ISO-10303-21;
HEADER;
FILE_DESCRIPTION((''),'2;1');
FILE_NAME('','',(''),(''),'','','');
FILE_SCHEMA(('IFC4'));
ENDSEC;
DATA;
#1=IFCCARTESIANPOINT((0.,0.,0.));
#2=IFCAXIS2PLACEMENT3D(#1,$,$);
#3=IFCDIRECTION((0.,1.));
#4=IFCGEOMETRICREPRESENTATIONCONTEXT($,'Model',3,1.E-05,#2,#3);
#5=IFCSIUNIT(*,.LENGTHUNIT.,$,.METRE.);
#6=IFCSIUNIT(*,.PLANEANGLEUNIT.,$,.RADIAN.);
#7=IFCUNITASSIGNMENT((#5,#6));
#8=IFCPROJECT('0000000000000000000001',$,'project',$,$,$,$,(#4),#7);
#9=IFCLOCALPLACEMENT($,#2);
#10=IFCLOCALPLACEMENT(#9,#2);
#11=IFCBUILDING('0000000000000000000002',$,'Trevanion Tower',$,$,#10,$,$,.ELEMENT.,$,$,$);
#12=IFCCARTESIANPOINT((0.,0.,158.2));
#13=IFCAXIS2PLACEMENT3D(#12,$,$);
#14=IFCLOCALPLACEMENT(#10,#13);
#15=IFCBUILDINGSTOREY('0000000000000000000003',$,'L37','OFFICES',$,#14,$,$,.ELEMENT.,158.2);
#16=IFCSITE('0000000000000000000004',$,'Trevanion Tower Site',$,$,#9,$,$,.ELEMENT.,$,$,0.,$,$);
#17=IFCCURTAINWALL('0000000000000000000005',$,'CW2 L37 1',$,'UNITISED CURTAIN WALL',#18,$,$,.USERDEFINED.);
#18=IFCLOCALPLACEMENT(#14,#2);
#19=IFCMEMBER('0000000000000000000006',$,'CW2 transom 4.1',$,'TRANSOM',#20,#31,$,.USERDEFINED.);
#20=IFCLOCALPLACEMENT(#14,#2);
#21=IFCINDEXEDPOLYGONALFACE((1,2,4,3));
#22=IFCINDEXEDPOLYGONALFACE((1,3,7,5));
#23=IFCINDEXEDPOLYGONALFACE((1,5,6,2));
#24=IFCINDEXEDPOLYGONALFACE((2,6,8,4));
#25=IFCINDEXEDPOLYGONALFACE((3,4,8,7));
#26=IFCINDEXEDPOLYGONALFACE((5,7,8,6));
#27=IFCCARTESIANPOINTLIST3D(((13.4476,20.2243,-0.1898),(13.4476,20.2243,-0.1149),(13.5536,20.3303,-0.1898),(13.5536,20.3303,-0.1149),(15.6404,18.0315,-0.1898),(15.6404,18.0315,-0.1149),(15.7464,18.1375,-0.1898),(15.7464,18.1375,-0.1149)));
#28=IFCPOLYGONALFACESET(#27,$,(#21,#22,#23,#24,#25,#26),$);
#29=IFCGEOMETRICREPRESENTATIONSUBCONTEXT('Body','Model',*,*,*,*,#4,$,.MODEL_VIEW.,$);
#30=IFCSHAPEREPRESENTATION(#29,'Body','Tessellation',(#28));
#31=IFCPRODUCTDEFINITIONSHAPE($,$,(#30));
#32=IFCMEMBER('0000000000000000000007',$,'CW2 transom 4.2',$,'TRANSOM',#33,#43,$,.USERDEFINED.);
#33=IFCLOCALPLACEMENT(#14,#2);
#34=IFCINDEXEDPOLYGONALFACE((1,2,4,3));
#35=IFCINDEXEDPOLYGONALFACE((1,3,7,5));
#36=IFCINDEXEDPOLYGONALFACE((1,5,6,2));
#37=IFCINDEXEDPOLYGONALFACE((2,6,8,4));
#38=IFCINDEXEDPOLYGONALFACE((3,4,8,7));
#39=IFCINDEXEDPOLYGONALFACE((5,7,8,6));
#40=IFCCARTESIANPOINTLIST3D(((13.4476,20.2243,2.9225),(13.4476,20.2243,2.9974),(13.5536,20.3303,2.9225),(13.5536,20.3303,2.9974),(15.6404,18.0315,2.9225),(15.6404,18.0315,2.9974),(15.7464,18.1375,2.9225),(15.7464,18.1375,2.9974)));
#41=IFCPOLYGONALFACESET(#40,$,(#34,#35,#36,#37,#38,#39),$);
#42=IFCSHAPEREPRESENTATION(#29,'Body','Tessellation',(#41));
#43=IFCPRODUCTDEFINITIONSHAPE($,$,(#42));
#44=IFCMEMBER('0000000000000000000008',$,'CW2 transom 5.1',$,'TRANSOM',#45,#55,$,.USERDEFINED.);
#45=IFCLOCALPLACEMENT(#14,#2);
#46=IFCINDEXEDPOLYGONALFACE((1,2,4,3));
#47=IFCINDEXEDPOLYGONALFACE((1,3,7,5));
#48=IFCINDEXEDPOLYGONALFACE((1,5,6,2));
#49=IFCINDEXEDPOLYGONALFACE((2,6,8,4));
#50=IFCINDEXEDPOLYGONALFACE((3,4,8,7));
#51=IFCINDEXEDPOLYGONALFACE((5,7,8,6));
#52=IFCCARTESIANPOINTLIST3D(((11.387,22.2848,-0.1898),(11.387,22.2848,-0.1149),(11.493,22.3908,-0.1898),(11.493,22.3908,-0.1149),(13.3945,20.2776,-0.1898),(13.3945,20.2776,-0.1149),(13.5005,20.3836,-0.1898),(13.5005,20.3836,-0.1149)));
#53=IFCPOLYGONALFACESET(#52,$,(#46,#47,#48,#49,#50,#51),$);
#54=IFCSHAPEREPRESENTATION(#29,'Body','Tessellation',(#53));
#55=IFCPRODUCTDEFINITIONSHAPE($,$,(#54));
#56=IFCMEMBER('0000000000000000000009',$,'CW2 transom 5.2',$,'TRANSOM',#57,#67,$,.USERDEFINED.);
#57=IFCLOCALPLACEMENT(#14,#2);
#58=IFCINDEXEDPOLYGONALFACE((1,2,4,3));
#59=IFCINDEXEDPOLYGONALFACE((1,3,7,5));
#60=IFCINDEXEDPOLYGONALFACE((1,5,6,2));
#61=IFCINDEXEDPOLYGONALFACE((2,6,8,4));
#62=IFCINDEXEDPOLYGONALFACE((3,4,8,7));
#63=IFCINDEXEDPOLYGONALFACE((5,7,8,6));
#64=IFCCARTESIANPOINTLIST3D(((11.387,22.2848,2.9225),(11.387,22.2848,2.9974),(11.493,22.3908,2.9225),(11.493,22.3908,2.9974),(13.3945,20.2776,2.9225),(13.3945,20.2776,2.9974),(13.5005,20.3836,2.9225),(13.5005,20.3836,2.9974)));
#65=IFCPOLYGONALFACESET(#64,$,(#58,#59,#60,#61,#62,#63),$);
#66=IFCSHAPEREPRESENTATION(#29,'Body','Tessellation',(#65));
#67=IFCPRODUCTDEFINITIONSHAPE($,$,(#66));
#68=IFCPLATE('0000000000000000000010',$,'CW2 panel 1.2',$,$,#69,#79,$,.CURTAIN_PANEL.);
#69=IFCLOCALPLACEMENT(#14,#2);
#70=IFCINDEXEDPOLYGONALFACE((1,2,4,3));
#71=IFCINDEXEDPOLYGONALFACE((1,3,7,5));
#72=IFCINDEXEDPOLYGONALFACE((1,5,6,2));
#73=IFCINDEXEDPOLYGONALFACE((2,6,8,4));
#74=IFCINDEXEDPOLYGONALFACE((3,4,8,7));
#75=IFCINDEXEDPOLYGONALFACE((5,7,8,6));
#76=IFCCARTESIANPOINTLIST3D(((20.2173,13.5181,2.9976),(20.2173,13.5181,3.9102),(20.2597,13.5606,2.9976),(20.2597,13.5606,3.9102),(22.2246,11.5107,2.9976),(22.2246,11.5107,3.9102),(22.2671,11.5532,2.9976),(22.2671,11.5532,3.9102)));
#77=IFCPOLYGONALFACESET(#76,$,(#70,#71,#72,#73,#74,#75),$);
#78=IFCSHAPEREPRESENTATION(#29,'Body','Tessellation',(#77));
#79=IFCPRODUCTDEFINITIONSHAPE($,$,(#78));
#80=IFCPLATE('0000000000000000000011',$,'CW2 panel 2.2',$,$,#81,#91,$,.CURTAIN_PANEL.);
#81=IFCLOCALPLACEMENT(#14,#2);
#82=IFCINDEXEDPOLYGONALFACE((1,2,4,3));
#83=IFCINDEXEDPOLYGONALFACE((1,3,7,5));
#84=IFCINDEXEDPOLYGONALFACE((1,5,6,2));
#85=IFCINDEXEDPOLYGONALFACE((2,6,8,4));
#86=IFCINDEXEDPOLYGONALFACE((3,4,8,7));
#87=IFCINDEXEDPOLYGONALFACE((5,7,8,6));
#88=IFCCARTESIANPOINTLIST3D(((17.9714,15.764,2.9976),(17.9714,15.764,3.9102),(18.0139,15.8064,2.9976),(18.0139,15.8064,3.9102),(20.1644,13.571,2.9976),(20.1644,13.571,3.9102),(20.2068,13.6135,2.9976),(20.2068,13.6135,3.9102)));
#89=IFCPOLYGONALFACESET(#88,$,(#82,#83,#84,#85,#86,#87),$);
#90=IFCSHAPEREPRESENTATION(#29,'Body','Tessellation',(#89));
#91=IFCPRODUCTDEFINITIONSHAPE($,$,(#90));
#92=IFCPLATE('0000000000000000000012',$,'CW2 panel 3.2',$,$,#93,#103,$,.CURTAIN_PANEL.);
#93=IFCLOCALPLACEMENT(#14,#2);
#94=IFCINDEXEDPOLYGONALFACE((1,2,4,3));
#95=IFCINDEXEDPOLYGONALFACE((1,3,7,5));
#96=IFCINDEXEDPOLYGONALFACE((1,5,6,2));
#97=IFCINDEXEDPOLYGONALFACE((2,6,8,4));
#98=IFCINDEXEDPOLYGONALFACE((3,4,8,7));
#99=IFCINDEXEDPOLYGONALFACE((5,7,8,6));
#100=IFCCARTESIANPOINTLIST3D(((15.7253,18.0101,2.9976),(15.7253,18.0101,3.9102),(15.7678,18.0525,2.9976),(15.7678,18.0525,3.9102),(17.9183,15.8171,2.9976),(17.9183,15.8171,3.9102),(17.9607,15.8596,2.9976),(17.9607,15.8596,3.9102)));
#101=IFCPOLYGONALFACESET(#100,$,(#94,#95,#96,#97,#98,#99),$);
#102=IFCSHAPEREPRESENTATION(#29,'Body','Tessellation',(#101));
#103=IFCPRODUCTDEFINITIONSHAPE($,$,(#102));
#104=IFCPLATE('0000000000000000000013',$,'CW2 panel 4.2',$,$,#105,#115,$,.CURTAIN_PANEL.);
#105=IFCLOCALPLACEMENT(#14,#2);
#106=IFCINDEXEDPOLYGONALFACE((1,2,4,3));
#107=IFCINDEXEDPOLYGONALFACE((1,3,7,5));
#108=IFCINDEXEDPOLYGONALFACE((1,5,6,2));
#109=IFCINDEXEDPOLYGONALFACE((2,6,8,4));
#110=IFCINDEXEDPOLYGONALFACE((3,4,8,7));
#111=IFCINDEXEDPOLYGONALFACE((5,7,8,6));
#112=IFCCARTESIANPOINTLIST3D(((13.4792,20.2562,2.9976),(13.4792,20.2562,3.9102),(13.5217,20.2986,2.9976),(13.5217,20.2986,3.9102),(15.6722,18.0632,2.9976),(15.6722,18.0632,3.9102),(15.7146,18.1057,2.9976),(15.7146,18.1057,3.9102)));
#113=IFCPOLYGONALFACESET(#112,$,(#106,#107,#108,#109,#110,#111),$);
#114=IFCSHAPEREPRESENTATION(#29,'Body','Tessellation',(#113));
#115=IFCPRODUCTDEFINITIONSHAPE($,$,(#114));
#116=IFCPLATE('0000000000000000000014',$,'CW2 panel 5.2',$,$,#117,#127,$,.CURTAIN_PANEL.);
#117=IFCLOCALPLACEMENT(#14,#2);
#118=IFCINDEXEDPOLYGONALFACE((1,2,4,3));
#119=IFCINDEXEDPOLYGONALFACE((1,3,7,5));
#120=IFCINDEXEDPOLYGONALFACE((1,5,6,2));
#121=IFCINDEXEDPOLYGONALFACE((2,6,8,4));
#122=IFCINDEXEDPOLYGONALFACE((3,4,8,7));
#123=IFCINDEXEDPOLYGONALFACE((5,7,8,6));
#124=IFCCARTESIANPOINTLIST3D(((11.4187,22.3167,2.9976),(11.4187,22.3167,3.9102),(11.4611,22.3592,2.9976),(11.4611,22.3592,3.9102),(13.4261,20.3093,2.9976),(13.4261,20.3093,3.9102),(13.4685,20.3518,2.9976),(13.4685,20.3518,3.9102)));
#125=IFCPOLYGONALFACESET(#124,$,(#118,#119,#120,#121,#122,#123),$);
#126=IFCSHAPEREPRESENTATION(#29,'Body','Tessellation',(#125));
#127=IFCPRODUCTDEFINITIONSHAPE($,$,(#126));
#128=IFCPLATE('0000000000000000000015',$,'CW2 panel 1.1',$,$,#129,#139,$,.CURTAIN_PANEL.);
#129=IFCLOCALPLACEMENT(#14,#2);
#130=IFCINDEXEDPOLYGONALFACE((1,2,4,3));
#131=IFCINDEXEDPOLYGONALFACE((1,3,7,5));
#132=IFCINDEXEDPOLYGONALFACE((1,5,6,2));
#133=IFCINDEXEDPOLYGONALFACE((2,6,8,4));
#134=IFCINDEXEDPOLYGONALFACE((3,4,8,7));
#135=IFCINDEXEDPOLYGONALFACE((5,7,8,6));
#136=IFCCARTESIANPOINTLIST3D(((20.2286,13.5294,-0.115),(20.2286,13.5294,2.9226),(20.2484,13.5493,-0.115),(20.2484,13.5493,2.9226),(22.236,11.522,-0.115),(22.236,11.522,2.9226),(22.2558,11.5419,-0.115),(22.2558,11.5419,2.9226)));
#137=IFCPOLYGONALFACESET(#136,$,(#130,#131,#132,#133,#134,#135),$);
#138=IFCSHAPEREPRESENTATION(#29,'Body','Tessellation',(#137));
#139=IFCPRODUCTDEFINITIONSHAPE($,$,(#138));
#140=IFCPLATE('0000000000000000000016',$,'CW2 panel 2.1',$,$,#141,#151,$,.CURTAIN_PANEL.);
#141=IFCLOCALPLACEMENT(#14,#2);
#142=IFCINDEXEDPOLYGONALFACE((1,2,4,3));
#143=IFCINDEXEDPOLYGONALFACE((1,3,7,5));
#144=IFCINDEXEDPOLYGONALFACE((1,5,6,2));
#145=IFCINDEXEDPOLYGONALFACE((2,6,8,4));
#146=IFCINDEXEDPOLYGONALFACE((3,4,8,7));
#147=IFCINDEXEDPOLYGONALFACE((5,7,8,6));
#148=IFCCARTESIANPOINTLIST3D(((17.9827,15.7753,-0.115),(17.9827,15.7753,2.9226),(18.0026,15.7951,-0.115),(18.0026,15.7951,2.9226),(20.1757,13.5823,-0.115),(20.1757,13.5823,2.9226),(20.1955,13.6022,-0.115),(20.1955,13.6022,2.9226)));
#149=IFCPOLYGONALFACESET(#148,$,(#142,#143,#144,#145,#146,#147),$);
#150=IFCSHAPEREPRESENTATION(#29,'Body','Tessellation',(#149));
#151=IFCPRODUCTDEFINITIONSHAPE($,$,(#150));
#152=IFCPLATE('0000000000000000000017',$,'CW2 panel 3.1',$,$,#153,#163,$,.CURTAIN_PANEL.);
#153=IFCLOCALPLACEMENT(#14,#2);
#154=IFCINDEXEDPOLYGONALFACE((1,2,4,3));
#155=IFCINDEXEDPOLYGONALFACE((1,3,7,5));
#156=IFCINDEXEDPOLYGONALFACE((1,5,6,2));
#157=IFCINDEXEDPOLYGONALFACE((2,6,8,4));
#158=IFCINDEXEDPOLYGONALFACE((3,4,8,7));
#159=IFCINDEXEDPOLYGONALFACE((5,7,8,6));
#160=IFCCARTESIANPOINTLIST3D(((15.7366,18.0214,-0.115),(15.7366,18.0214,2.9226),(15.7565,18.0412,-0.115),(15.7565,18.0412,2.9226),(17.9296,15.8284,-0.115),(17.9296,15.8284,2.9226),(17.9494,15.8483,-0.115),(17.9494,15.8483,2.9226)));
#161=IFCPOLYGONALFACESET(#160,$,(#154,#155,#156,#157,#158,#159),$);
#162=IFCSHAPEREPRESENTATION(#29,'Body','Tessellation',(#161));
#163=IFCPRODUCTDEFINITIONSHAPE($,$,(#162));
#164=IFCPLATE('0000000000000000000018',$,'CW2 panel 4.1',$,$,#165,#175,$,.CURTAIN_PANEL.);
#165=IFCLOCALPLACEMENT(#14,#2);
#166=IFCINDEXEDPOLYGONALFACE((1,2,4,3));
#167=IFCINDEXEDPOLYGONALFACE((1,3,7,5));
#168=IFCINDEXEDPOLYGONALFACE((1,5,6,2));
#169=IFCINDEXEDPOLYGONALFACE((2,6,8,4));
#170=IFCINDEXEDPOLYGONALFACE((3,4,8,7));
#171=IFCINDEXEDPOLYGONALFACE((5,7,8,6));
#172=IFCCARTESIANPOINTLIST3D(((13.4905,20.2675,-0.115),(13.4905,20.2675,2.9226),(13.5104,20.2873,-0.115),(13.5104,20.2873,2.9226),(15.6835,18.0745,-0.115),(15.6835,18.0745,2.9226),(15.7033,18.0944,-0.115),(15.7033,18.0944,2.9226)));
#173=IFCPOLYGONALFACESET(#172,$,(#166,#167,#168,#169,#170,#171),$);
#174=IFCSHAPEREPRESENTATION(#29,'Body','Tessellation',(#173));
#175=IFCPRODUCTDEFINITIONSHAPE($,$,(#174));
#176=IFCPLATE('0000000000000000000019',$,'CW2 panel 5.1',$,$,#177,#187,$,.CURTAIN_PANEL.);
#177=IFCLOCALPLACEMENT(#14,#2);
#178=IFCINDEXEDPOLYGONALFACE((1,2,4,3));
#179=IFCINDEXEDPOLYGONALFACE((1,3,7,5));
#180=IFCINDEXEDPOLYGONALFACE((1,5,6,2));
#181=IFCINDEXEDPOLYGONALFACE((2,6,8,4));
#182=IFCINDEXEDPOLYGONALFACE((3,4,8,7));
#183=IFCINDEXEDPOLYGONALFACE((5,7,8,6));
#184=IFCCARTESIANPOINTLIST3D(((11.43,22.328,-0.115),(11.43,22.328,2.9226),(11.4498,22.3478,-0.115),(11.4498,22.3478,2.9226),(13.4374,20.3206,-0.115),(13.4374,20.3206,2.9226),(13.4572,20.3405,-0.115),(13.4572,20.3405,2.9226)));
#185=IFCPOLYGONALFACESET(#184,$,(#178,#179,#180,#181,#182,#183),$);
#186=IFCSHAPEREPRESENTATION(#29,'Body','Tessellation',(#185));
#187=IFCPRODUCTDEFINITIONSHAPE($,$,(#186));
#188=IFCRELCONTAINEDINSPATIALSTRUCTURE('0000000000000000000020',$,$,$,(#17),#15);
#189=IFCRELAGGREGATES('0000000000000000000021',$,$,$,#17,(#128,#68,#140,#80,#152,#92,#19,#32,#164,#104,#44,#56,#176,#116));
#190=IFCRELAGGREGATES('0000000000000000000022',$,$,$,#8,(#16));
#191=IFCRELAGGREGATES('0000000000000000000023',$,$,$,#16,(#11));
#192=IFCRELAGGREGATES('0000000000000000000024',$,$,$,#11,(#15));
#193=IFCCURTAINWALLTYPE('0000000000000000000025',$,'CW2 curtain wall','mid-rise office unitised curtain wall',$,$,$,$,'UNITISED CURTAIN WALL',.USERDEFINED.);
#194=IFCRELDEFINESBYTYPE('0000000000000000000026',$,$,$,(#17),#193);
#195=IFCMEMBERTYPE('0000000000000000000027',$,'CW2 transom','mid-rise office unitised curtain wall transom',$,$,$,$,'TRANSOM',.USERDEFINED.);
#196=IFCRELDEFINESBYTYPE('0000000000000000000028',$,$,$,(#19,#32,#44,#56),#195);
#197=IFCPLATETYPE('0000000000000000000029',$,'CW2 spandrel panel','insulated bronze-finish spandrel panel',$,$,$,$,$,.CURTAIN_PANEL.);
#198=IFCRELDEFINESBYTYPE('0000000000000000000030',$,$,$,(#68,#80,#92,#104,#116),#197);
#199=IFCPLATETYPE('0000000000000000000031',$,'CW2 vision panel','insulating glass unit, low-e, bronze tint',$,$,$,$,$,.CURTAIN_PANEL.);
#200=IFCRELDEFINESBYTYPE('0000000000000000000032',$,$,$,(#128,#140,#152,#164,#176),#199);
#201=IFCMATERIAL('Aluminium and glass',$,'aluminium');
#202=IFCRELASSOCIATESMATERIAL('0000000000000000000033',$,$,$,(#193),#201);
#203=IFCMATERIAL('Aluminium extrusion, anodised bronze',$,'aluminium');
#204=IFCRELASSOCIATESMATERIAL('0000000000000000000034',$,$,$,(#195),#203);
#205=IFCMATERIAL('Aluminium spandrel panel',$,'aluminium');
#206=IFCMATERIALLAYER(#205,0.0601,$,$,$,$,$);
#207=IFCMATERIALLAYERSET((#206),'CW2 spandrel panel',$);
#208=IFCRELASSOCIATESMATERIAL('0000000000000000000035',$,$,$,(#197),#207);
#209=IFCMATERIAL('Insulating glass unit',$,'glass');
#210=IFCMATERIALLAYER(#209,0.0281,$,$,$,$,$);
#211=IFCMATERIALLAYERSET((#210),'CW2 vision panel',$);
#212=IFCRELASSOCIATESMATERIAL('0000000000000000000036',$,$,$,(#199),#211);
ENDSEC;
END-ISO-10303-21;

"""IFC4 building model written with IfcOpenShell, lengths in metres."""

from ifc_helpers import new_model, si_unit, direction, frame, origin, origin_2d, place, context, subcontext, project, spatial, rectangle, extrude, material, layer, layer_set, material_profile, profile_set, type_object, element, aggregate, save


model = new_model("IFC4")

# Units and contexts
model_context = context("Model", 3, precision=1e-05, world=origin(), true_north=direction((0.0, 1.0)))
body_context = subcontext(model_context, "Body", "Model", "MODEL_VIEW")
ifc_project = project(units=[si_unit("LENGTHUNIT", "METRE"), si_unit("PLANEANGLEUNIT", "RADIAN")], contexts=[model_context])

# Site, building, storey
site_placement = place(None, origin())
site = spatial("IfcSite", under=ifc_project, at=site_placement, Name="Trevanion Tower Site", CompositionType="ELEMENT", RefElevation=0.0)
building_placement = place(site_placement, origin())
building = spatial("IfcBuilding", under=site, at=building_placement, Name="Trevanion Tower", CompositionType="ELEMENT")
storey_placement = place(building_placement, frame((0.0, 0.0, 158.2)))
storey = spatial("IfcBuildingStorey", under=building, at=storey_placement, Name="L37", Description="OFFICES", CompositionType="ELEMENT", Elevation=158.2)

# Curtain wall
ifc_material_1 = material(Name="Aluminium and glass", Category="aluminium")
curtain_wall_type = type_object("IfcCurtainWallType", Name="CW2 curtain wall", Description="mid-rise office unitised curtain wall", ElementType="UNITISED CURTAIN WALL", PredefinedType="USERDEFINED", material=ifc_material_1)
curtain_wall_1_placement = place(storey_placement, origin())
curtain_wall_1 = element("IfcCurtainWall", 1, at=curtain_wall_1_placement, inside=storey, type_object=curtain_wall_type, Name="CW2 L37 1", ObjectType="UNITISED CURTAIN WALL", PredefinedType="USERDEFINED")

# Members
ifc_material_2 = material(Name="Aluminium extrusion, anodised bronze", Category="aluminium")
ifc_material_profile_1 = material_profile(ifc_material_2, rectangle(XDim=0.1499, YDim=0.075, at=origin_2d()), Name="CW2 transom")
ifc_profile_set_1 = profile_set([ifc_material_profile_1], Name="Aluminium extrusion, anodised bronze")
member_type_1 = type_object("IfcMemberType", Name="CW2 transom", Description="mid-rise office unitised curtain wall transom", ElementType="TRANSOM", PredefinedType="USERDEFINED", material=ifc_profile_set_1)
member_1_placement = place(storey_placement, frame((15.6934, 18.0845, -0.1523), z_axis=(-0.707107, 0.707107, 0.0), x_axis=(-0.707107, -0.707107, 0.0)))
member_1 = element("IfcMember", 2, at=member_1_placement, type_object=member_type_1, Name="CW2 transom 4.1", ObjectType="TRANSOM", PredefinedType="USERDEFINED", context=body_context, shape_type="SweptSolid", body=[
    extrude(rectangle(XDim=0.1499, YDim=0.075, at=origin_2d()), origin(), (0.0, 0.0, 1.0), 3.1011),
])
member_2_placement = place(storey_placement, frame((15.6934, 18.0845, 2.96), z_axis=(-0.707107, 0.707107, 0.0), x_axis=(-0.707107, -0.707107, 0.0)))
member_2 = element("IfcMember", 3, at=member_2_placement, type_object=member_type_1, Name="CW2 transom 4.2", ObjectType="TRANSOM", PredefinedType="USERDEFINED", context=body_context, shape_type="SweptSolid", body=[
    extrude(rectangle(XDim=0.1499, YDim=0.075, at=origin_2d()), origin(), (0.0, 0.0, 1.0), 3.1011),
])
member_3_placement = place(storey_placement, frame((13.4475, 20.3306, -0.1523), z_axis=(-0.70715, 0.707064, 0.0), x_axis=(-0.707064, -0.70715, 0.0)))
member_3 = element("IfcMember", 4, at=member_3_placement, type_object=member_type_1, Name="CW2 transom 5.1", ObjectType="TRANSOM", PredefinedType="USERDEFINED", context=body_context, shape_type="SweptSolid", body=[
    extrude(rectangle(XDim=0.1499, YDim=0.075, at=origin_2d()), origin(), (0.0, 0.0, 1.0), 2.8389),
])
member_4_placement = place(storey_placement, frame((13.4475, 20.3306, 2.96), z_axis=(-0.70715, 0.707064, 0.0), x_axis=(-0.707064, -0.70715, 0.0)))
member_4 = element("IfcMember", 5, at=member_4_placement, type_object=member_type_1, Name="CW2 transom 5.2", ObjectType="TRANSOM", PredefinedType="USERDEFINED", context=body_context, shape_type="SweptSolid", body=[
    extrude(rectangle(XDim=0.1499, YDim=0.075, at=origin_2d()), origin(), (0.0, 0.0, 1.0), 2.8389),
])

# Plates
ifc_material_3 = material(Name="Aluminium spandrel panel", Category="aluminium")
ifc_layer_1 = layer(ifc_material_3, 0.0601)
ifc_layer_set_1 = layer_set([ifc_layer_1], Name="CW2 spandrel panel")
plate_type_1 = type_object("IfcPlateType", Name="CW2 spandrel panel", Description="insulated bronze-finish spandrel panel", PredefinedType="CURTAIN_PANEL", material=ifc_layer_set_1)
plate_1_placement = place(storey_placement, frame((21.2422, 12.5356, 2.9976), z_axis=(0.0, 0.0, 1.0), x_axis=(-0.707107, 0.707107, 0.0)))
plate_1 = element("IfcPlate", 6, at=plate_1_placement, type_object=plate_type_1, Name="CW2 panel 1.2", PredefinedType="CURTAIN_PANEL", context=body_context, shape_type="SweptSolid", body=[
    extrude(rectangle(XDim=2.8389, YDim=0.0601, at=origin_2d()), origin(), (0.0, 0.0, 1.0), 0.9126),
])
plate_2_placement = place(storey_placement, frame((19.0891, 14.6887, 2.9976), z_axis=(0.0, 0.0, 1.0), x_axis=(-0.707107, 0.707107, 0.0)))
plate_2 = element("IfcPlate", 7, at=plate_2_placement, type_object=plate_type_1, Name="CW2 panel 2.2", PredefinedType="CURTAIN_PANEL", context=body_context, shape_type="SweptSolid", body=[
    extrude(rectangle(XDim=3.1013, YDim=0.0601, at=origin_2d()), origin(), (0.0, 0.0, 1.0), 0.9126),
])
plate_3_placement = place(storey_placement, frame((16.843, 16.9348, 2.9976), z_axis=(0.0, 0.0, 1.0), x_axis=(-0.707107, 0.707107, 0.0)))
plate_3 = element("IfcPlate", 8, at=plate_3_placement, type_object=plate_type_1, Name="CW2 panel 3.2", PredefinedType="CURTAIN_PANEL", context=body_context, shape_type="SweptSolid", body=[
    extrude(rectangle(XDim=3.1013, YDim=0.0601, at=origin_2d()), origin(), (0.0, 0.0, 1.0), 0.9126),
])
plate_4_placement = place(storey_placement, frame((14.5969, 19.1809, 2.9976), z_axis=(0.0, 0.0, 1.0), x_axis=(-0.707107, 0.707107, 0.0)))
plate_4 = element("IfcPlate", 9, at=plate_4_placement, type_object=plate_type_1, Name="CW2 panel 4.2", PredefinedType="CURTAIN_PANEL", context=body_context, shape_type="SweptSolid", body=[
    extrude(rectangle(XDim=3.1013, YDim=0.0601, at=origin_2d()), origin(), (0.0, 0.0, 1.0), 0.9126),
])
plate_5_placement = place(storey_placement, frame((12.4436, 21.3342, 2.9976), z_axis=(0.0, 0.0, 1.0), x_axis=(-0.707107, 0.707107, 0.0)))
plate_5 = element("IfcPlate", 10, at=plate_5_placement, type_object=plate_type_1, Name="CW2 panel 5.2", PredefinedType="CURTAIN_PANEL", context=body_context, shape_type="SweptSolid", body=[
    extrude(rectangle(XDim=2.8389, YDim=0.0601, at=origin_2d()), origin(), (0.0, 0.0, 1.0), 0.9126),
])
ifc_material_4 = material(Name="Insulating glass unit", Category="glass")
ifc_layer_2 = layer(ifc_material_4, 0.0281)
ifc_layer_set_2 = layer_set([ifc_layer_2], Name="CW2 vision panel")
plate_type_2 = type_object("IfcPlateType", Name="CW2 vision panel", Description="insulating glass unit, low-e, bronze tint", PredefinedType="CURTAIN_PANEL", material=ifc_layer_set_2)
plate_6_placement = place(storey_placement, frame((21.2422, 12.5356, -0.115), z_axis=(0.0, 0.0, 1.0), x_axis=(-0.707107, 0.707107, 0.0)))
plate_6 = element("IfcPlate", 11, at=plate_6_placement, type_object=plate_type_2, Name="CW2 panel 1.1", PredefinedType="CURTAIN_PANEL", context=body_context, shape_type="SweptSolid", body=[
    extrude(rectangle(XDim=2.8389, YDim=0.0281, at=origin_2d()), origin(), (0.0, 0.0, 1.0), 3.0376),
])
plate_7_placement = place(storey_placement, frame((19.0891, 14.6887, -0.115), z_axis=(0.0, 0.0, 1.0), x_axis=(-0.707107, 0.707107, 0.0)))
plate_7 = element("IfcPlate", 12, at=plate_7_placement, type_object=plate_type_2, Name="CW2 panel 2.1", PredefinedType="CURTAIN_PANEL", context=body_context, shape_type="SweptSolid", body=[
    extrude(rectangle(XDim=3.1013, YDim=0.0281, at=origin_2d()), origin(), (0.0, 0.0, 1.0), 3.0376),
])
plate_8_placement = place(storey_placement, frame((16.843, 16.9348, -0.115), z_axis=(0.0, 0.0, 1.0), x_axis=(-0.707107, 0.707107, 0.0)))
plate_8 = element("IfcPlate", 13, at=plate_8_placement, type_object=plate_type_2, Name="CW2 panel 3.1", PredefinedType="CURTAIN_PANEL", context=body_context, shape_type="SweptSolid", body=[
    extrude(rectangle(XDim=3.1013, YDim=0.0281, at=origin_2d()), origin(), (0.0, 0.0, 1.0), 3.0376),
])
plate_9_placement = place(storey_placement, frame((14.5969, 19.1809, -0.115), z_axis=(0.0, 0.0, 1.0), x_axis=(-0.707107, 0.707107, 0.0)))
plate_9 = element("IfcPlate", 14, at=plate_9_placement, type_object=plate_type_2, Name="CW2 panel 4.1", PredefinedType="CURTAIN_PANEL", context=body_context, shape_type="SweptSolid", body=[
    extrude(rectangle(XDim=3.1013, YDim=0.0281, at=origin_2d()), origin(), (0.0, 0.0, 1.0), 3.0376),
])
plate_10_placement = place(storey_placement, frame((12.4436, 21.3342, -0.115), z_axis=(0.0, 0.0, 1.0), x_axis=(-0.707107, 0.707107, 0.0)))
plate_10 = element("IfcPlate", 15, at=plate_10_placement, type_object=plate_type_2, Name="CW2 panel 5.1", PredefinedType="CURTAIN_PANEL", context=body_context, shape_type="SweptSolid", body=[
    extrude(rectangle(XDim=2.8389, YDim=0.0281, at=origin_2d()), origin(), (0.0, 0.0, 1.0), 3.0376),
])
aggregate(curtain_wall_1, [plate_6, plate_1, plate_7, plate_2, plate_8, plate_3, member_1, member_2, plate_9, plate_4, member_3, member_4, plate_10, plate_5])

save(model, "model.ifc")
